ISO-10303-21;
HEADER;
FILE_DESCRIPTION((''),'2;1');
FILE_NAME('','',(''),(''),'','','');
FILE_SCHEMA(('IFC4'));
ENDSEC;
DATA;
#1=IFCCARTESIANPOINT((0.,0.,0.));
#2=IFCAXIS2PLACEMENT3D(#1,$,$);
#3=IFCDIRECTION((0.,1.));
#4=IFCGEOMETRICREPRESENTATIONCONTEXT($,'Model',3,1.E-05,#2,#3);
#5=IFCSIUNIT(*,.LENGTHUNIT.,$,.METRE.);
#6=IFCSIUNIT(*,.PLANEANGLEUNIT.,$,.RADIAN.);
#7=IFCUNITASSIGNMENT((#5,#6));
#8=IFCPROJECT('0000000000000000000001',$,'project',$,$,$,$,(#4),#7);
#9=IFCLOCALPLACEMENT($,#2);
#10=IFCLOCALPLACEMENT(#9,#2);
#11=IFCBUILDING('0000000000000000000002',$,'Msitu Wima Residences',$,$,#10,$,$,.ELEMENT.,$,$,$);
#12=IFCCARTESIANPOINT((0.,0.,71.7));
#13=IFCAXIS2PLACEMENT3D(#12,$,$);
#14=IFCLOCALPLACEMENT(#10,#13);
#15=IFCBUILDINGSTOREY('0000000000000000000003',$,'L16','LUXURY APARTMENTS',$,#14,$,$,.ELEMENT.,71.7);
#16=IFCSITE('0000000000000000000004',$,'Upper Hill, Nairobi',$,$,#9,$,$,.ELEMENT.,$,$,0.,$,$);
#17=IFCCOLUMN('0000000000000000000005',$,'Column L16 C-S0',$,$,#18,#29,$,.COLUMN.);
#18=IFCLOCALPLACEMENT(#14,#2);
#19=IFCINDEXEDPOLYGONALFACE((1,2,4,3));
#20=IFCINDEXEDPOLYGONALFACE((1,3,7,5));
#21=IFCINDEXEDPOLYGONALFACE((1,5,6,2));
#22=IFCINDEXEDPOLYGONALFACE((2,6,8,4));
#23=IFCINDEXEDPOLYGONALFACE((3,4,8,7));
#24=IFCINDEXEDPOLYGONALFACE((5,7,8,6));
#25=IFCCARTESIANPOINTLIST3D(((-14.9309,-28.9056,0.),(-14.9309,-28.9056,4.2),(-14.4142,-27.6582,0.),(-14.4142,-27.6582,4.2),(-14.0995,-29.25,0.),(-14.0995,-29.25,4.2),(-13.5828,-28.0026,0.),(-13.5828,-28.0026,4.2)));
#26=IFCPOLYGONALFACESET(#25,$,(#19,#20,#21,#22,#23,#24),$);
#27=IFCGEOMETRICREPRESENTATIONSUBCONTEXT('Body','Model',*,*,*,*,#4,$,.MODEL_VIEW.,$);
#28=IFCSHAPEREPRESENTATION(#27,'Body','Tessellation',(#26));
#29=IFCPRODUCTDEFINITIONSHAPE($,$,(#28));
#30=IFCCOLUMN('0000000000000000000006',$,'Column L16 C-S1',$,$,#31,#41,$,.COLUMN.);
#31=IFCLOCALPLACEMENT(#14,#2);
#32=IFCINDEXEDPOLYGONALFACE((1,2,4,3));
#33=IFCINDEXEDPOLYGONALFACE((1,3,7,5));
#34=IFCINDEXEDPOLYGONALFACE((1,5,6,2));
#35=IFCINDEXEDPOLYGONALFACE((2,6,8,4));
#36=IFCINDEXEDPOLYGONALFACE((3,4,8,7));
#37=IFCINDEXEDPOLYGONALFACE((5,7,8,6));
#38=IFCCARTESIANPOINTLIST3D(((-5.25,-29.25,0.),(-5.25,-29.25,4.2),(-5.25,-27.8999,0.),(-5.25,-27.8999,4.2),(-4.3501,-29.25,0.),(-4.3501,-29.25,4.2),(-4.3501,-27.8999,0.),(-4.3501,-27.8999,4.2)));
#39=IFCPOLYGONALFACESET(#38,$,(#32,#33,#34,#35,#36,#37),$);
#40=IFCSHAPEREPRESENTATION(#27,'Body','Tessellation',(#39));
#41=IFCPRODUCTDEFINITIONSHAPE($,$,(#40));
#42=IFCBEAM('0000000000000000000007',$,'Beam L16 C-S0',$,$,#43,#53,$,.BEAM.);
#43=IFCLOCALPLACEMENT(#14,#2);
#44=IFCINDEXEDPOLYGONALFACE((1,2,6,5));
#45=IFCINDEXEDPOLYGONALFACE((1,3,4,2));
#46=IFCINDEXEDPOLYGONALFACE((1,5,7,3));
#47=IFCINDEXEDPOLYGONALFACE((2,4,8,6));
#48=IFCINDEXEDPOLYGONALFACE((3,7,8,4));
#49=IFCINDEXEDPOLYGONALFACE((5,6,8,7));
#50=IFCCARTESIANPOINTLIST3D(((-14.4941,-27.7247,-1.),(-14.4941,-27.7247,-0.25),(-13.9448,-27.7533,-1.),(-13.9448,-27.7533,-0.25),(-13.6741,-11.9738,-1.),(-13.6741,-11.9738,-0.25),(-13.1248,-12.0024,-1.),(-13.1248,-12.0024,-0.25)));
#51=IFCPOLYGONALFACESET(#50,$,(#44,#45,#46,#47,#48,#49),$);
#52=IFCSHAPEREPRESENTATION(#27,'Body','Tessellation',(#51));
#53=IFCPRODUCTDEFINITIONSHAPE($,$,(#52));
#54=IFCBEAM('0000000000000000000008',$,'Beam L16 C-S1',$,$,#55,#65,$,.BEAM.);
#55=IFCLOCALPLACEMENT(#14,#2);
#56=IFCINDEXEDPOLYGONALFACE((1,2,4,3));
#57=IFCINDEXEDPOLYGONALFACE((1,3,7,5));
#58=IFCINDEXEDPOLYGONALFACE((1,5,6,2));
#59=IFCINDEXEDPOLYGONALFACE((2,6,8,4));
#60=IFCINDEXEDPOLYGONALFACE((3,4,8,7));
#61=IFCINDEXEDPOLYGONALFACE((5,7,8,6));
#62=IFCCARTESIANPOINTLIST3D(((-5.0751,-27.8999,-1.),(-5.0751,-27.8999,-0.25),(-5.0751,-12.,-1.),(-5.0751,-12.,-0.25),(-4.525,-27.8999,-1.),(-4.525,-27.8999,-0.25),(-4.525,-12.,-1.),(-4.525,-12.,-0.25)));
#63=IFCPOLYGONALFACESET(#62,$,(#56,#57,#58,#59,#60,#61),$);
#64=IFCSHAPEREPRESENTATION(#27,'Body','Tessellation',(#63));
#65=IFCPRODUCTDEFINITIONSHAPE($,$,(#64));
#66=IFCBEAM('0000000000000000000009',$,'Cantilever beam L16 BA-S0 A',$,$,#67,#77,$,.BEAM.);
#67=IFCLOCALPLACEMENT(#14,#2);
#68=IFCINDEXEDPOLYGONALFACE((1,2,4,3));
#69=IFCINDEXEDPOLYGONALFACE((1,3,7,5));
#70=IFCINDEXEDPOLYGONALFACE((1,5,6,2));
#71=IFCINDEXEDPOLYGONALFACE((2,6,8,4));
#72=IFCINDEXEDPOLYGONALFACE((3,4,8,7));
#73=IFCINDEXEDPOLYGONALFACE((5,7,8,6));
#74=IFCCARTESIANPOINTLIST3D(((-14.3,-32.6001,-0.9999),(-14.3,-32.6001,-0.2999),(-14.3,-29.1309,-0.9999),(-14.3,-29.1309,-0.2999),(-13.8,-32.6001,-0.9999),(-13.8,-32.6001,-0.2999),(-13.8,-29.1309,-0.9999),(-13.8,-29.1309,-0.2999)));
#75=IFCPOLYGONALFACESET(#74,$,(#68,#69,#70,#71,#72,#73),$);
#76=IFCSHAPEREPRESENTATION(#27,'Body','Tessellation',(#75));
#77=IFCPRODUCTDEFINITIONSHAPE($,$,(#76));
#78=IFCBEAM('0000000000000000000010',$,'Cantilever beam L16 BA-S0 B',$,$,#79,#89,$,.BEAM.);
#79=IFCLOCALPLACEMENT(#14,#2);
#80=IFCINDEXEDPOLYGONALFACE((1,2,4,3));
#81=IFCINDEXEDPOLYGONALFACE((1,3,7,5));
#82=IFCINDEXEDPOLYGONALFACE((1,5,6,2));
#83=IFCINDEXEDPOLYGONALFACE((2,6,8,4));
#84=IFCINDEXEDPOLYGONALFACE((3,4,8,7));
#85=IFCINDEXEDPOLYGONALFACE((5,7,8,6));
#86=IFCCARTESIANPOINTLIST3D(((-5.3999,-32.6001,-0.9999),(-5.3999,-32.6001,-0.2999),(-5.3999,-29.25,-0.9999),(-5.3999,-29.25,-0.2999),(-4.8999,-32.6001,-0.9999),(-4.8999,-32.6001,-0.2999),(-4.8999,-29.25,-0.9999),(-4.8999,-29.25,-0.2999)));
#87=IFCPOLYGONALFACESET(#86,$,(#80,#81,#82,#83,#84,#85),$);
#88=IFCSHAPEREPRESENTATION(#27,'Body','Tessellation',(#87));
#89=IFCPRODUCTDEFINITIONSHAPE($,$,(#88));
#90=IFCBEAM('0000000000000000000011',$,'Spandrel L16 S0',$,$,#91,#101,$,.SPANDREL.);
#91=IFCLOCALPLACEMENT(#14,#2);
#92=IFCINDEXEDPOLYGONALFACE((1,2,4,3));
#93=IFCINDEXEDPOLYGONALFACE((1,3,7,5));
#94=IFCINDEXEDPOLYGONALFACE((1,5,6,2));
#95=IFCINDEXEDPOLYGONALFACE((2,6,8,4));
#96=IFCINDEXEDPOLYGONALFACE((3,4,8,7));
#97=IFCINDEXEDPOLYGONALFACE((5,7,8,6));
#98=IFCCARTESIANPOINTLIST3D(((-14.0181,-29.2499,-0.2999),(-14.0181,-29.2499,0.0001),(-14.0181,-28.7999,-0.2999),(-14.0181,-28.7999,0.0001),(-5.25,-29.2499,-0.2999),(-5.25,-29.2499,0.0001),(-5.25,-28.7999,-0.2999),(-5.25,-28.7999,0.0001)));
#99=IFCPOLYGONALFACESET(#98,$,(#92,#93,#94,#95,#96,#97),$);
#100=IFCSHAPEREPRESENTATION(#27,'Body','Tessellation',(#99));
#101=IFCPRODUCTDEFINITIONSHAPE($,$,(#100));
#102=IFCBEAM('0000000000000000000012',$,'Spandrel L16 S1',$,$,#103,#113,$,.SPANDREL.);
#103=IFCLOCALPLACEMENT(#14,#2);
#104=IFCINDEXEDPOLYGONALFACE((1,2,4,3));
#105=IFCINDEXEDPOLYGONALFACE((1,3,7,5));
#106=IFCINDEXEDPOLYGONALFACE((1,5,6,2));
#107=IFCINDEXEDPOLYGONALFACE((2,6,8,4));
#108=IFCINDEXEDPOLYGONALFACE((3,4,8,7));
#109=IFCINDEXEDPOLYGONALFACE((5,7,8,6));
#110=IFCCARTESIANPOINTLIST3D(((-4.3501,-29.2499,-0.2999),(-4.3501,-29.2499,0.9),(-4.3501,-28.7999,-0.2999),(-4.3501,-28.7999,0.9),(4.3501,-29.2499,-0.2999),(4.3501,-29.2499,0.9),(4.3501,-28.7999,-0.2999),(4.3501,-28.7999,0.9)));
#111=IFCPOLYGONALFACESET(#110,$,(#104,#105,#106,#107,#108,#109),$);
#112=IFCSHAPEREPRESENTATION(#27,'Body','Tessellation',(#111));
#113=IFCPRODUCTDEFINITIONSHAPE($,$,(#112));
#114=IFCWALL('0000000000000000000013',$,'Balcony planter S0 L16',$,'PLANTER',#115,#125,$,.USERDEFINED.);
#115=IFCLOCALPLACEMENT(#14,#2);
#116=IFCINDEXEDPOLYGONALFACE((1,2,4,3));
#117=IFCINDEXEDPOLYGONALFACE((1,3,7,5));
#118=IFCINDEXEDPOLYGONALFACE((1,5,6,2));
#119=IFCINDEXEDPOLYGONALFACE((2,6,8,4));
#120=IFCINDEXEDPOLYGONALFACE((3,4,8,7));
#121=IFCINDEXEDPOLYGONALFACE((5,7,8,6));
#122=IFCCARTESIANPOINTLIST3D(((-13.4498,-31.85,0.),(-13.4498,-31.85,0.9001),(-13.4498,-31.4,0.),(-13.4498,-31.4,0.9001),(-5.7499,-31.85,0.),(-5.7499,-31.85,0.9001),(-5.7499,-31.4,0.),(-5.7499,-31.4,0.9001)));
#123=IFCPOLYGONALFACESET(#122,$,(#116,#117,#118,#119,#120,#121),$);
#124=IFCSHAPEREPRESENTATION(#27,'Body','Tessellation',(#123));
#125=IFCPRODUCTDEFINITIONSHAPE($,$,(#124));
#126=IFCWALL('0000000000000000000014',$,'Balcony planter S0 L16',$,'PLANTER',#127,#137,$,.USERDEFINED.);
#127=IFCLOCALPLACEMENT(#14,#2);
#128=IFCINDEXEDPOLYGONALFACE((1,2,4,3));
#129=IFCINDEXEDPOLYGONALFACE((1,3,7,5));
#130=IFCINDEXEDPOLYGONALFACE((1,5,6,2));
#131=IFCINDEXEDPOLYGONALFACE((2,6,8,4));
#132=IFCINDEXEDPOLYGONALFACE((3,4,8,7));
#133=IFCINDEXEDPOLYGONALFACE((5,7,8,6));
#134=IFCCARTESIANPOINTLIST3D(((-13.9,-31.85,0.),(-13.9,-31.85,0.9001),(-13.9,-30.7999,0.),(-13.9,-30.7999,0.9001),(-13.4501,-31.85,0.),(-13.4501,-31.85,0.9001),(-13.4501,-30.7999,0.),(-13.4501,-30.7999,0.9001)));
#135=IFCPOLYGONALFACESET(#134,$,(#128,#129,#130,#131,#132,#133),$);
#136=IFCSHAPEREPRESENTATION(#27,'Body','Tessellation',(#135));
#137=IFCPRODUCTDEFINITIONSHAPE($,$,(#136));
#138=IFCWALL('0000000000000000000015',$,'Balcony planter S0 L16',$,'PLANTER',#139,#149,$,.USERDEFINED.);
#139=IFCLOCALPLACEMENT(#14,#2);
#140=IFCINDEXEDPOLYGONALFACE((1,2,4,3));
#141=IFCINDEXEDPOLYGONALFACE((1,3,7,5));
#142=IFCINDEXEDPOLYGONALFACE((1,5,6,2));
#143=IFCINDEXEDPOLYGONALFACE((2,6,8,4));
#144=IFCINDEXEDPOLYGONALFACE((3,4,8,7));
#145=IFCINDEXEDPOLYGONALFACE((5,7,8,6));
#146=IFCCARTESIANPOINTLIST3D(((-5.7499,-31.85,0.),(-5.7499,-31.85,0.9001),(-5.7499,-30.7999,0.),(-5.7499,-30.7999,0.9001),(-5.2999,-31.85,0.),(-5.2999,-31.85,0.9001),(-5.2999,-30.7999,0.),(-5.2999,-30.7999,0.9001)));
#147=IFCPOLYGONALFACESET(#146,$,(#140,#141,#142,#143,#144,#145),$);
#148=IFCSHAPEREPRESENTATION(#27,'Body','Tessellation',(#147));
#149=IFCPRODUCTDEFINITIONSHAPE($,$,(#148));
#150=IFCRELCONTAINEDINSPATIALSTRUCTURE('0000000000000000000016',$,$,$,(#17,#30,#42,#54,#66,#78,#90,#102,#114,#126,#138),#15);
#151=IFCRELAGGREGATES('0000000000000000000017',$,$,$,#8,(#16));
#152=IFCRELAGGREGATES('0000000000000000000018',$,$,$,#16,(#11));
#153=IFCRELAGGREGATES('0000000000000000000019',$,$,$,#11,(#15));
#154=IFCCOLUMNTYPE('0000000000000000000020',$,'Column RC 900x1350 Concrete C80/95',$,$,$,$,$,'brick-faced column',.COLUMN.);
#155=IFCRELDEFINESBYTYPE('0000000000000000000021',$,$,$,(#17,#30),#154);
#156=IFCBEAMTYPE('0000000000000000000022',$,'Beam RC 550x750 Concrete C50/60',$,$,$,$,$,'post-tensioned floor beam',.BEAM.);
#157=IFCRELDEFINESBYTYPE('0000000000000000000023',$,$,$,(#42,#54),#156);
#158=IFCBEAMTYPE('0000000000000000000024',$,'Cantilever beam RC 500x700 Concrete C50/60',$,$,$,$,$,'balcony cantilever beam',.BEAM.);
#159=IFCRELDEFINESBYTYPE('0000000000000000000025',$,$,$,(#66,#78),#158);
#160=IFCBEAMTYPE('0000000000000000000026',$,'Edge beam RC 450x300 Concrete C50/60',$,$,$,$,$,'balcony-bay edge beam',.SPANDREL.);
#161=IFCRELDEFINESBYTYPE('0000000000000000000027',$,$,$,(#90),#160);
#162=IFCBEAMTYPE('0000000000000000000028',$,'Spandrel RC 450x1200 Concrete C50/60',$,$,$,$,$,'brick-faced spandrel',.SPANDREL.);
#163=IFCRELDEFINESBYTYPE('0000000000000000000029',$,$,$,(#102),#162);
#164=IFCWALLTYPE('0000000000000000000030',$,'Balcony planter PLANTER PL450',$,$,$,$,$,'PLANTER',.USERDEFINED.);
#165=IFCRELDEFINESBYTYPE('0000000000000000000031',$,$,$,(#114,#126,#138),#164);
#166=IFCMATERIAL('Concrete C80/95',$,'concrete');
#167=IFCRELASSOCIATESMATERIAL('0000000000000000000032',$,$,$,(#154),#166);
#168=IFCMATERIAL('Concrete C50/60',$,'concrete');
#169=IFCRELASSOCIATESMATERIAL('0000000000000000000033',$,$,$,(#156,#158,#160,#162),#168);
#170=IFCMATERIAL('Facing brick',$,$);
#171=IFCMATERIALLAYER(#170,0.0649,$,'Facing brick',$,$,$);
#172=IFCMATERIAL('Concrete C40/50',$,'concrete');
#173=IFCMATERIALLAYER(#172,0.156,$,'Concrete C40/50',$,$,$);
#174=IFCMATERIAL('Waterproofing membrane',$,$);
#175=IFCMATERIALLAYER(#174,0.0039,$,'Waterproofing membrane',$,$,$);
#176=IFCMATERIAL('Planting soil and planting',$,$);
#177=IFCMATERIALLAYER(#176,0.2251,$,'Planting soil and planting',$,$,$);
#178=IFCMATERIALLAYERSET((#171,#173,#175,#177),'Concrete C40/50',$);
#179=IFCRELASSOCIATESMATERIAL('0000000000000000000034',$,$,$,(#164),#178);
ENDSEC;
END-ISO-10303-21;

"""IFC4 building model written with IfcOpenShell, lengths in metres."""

from ifc_helpers import new_model, si_unit, direction, frame, frame_2d, origin, origin_2d, place, context, subcontext, project, spatial, rectangle, extrude, material, layer, layer_set, material_profile, profile_set, type_object, element, save


model = new_model("IFC4")

# Units and contexts
model_context = context("Model", 3, precision=1e-05, world=origin(), true_north=direction((0.0, 1.0)))
body_context = subcontext(model_context, "Body", "Model", "MODEL_VIEW")
ifc_project = project(units=[si_unit("LENGTHUNIT", "METRE"), si_unit("PLANEANGLEUNIT", "RADIAN")], contexts=[model_context])

# Site, building, storey
site_placement = place(None, origin())
site = spatial("IfcSite", under=ifc_project, at=site_placement, Name="Upper Hill, Nairobi", CompositionType="ELEMENT", RefElevation=0.0)
building_placement = place(site_placement, origin())
building = spatial("IfcBuilding", under=site, at=building_placement, Name="Msitu Wima Residences", CompositionType="ELEMENT")
storey_placement = place(building_placement, frame((0.0, 0.0, 71.7)))
storey = spatial("IfcBuildingStorey", under=building, at=storey_placement, Name="L16", Description="LUXURY APARTMENTS", CompositionType="ELEMENT", Elevation=71.7)

# Columns
ifc_material_1 = material(Name="Concrete C80/95", Category="concrete")
ifc_material_profile_1 = material_profile(ifc_material_1, rectangle(XDim=0.8999, YDim=1.3501, at=origin_2d()), Name="RC 900x1350")
ifc_profile_set_1 = profile_set([ifc_material_profile_1], Name="Concrete C80/95")
column_type = type_object("IfcColumnType", Name="Column RC 900x1350 Concrete C80/95", ElementType="brick-faced column", PredefinedType="COLUMN", material=ifc_profile_set_1)
for number, where, z_axis, x_axis, name in (
    (1, (-14.2568, -28.4541, 0.0), (0.0, 0.0, 1.0), (0.92388, -0.382683, 0.0), "Column L16 C-S0"),
    (2, (-4.8, -28.575, 0.0), (0.0, 0.0, 1.0), (1.0, 0.0, 0.0), "Column L16 C-S1"),
):
    element("IfcColumn", number, at=place(storey_placement, frame(where, z_axis=z_axis, x_axis=x_axis)), inside=storey, type_object=column_type, Name=name, PredefinedType="COLUMN", context=body_context, shape_type="SweptSolid", body=[
        extrude(rectangle(XDim=0.8999, YDim=1.3501, at=origin_2d()), origin(), (0.0, 0.0, 1.0), 4.2),
    ])

# Beams
ifc_material_2 = material(Name="Concrete C50/60", Category="concrete")
ifc_material_profile_2 = material_profile(ifc_material_2, rectangle(XDim=0.55, YDim=0.75, at=origin_2d()), Name="RC 550x750")
ifc_profile_set_2 = profile_set([ifc_material_profile_2], Name="Concrete C50/60")
beam_type_1 = type_object("IfcBeamType", Name="Beam RC 550x750 Concrete C50/60", ElementType="post-tensioned floor beam", PredefinedType="BEAM", material=ifc_profile_set_2)
beam_1_placement = place(storey_placement, frame((-14.2195, -27.739, -0.625), z_axis=(0.051994, 0.998647, 0.0), x_axis=(-0.998647, 0.051994, 0.0)))
element("IfcBeam", 3, at=beam_1_placement, inside=storey, type_object=beam_type_1, Name="Beam L16 C-S0", PredefinedType="BEAM", context=body_context, shape_type="SweptSolid", body=[
    extrude(rectangle(XDim=0.55, YDim=0.75, at=origin_2d()), origin(), (0.0, 0.0, 1.0), 15.7722),
])
beam_2_placement = place(storey_placement, frame((-4.8, -27.8999, -0.625), z_axis=(0.0, 1.0, 0.0), x_axis=(-1.0, 0.0, 0.0)))
element("IfcBeam", 4, at=beam_2_placement, inside=storey, type_object=beam_type_1, Name="Beam L16 C-S1", PredefinedType="BEAM", context=body_context, shape_type="SweptSolid", body=[
    extrude(rectangle(XDim=0.55, YDim=0.75, at=origin_2d()), origin(), (0.0, 0.0, 1.0), 15.8999),
])
ifc_material_profile_3 = material_profile(ifc_material_2, rectangle(XDim=0.5, YDim=0.7, at=origin_2d()), Name="RC 500x700")
ifc_profile_set_3 = profile_set([ifc_material_profile_3], Name="Concrete C50/60")
beam_type_2 = type_object("IfcBeamType", Name="Cantilever beam RC 500x700 Concrete C50/60", ElementType="balcony cantilever beam", PredefinedType="BEAM", material=ifc_profile_set_3)
beam_3_placement = place(storey_placement, frame((-14.05, -29.1309, -0.6499), z_axis=(0.0, -1.0, 0.0), x_axis=(1.0, 0.0, 0.0)))
element("IfcBeam", 5, at=beam_3_placement, inside=storey, type_object=beam_type_2, Name="Cantilever beam L16 BA-S0 A", PredefinedType="BEAM", context=body_context, shape_type="SweptSolid", body=[
    extrude(rectangle(XDim=0.5, YDim=0.7, at=origin_2d()), origin(), (0.0, 0.0, 1.0), 3.4692),
])
beam_4_placement = place(storey_placement, frame((-5.1499, -29.25, -0.6499), z_axis=(0.0, -1.0, 0.0), x_axis=(1.0, 0.0, 0.0)))
element("IfcBeam", 6, at=beam_4_placement, inside=storey, type_object=beam_type_2, Name="Cantilever beam L16 BA-S0 B", PredefinedType="BEAM", context=body_context, shape_type="SweptSolid", body=[
    extrude(rectangle(XDim=0.5, YDim=0.7, at=origin_2d()), origin(), (0.0, 0.0, 1.0), 3.3501),
])
ifc_material_profile_4 = material_profile(ifc_material_2, rectangle(XDim=0.45, YDim=0.3, at=origin_2d()), Name="RC 450x300")
ifc_profile_set_4 = profile_set([ifc_material_profile_4], Name="Concrete C50/60")
beam_type_3 = type_object("IfcBeamType", Name="Edge beam RC 450x300 Concrete C50/60", ElementType="balcony-bay edge beam", PredefinedType="SPANDREL", material=ifc_profile_set_4)
beam_5_placement = place(storey_placement, frame((-14.0181, -29.0249, -0.1499), z_axis=(1.0, 0.0, 0.0), x_axis=(0.0, 1.0, 0.0)))
element("IfcBeam", 7, at=beam_5_placement, inside=storey, type_object=beam_type_3, Name="Spandrel L16 S0", PredefinedType="SPANDREL", context=body_context, shape_type="SweptSolid", body=[
    extrude(rectangle(XDim=0.45, YDim=0.3, at=origin_2d()), origin(), (0.0, 0.0, 1.0), 8.7681),
])
ifc_material_profile_5 = material_profile(ifc_material_2, rectangle(XDim=0.45, YDim=1.2, at=origin_2d()), Name="RC 450x1200")
ifc_profile_set_5 = profile_set([ifc_material_profile_5], Name="Concrete C50/60")
beam_type_4 = type_object("IfcBeamType", Name="Spandrel RC 450x1200 Concrete C50/60", ElementType="brick-faced spandrel", PredefinedType="SPANDREL", material=ifc_profile_set_5)
beam_6_placement = place(storey_placement, frame((-4.3501, -29.0249, 0.3), z_axis=(1.0, 0.0, 0.0), x_axis=(0.0, 1.0, 0.0)))
element("IfcBeam", 8, at=beam_6_placement, inside=storey, type_object=beam_type_4, Name="Spandrel L16 S1", PredefinedType="SPANDREL", context=body_context, shape_type="SweptSolid", body=[
    extrude(rectangle(XDim=0.45, YDim=1.2, at=origin_2d()), origin(), (0.0, 0.0, 1.0), 8.7002),
])

# Walls
ifc_material_3 = material(Name="Facing brick")
ifc_layer_1 = layer(ifc_material_3, 0.0649, Name="Facing brick")
ifc_material_4 = material(Name="Concrete C40/50", Category="concrete")
ifc_layer_2 = layer(ifc_material_4, 0.156, Name="Concrete C40/50")
ifc_material_5 = material(Name="Waterproofing membrane")
ifc_layer_3 = layer(ifc_material_5, 0.0039, Name="Waterproofing membrane")
ifc_material_6 = material(Name="Planting soil and planting")
ifc_layer_4 = layer(ifc_material_6, 0.2251, Name="Planting soil and planting")
ifc_layer_set_1 = layer_set([ifc_layer_1, ifc_layer_2, ifc_layer_3, ifc_layer_4], Name="Concrete C40/50")
wall_type_1 = type_object("IfcWallType", Name="Balcony planter PLANTER PL450", ElementType="PLANTER", PredefinedType="USERDEFINED", material=ifc_layer_set_1)
wall_1_placement = place(storey_placement, frame((-13.45, -31.625, 0.0), z_axis=(0.0, 0.0, 1.0), x_axis=(1.0, 0.0, 0.0)))
element("IfcWall", 9, at=wall_1_placement, inside=storey, type_object=wall_type_1, Name="Balcony planter S0 L16", ObjectType="PLANTER", PredefinedType="USERDEFINED", context=body_context, shape_type="SweptSolid", body=[
    extrude(rectangle(XDim=7.7, YDim=0.45, at=frame_2d((3.8501, 0.0))), origin(), (0.0, 0.0, 1.0), 0.9001),
])
for number, where, z_axis, x_axis, name in (
    (10, (-13.675, -30.8, 0.0), (0.0, 0.0, 1.0), (0.0, -1.0, 0.0), "Balcony planter S0 L16"),
    (11, (-5.5249, -30.8, 0.0), (0.0, 0.0, 1.0), (0.0, -1.0, 0.0), "Balcony planter S0 L16"),
):
    element("IfcWall", number, at=place(storey_placement, frame(where, z_axis=z_axis, x_axis=x_axis)), inside=storey, type_object=wall_type_1, Name=name, ObjectType="PLANTER", PredefinedType="USERDEFINED", context=body_context, shape_type="SweptSolid", body=[
        extrude(rectangle(XDim=1.05, YDim=0.45, at=frame_2d((0.5249, 0.0))), origin(), (0.0, 0.0, 1.0), 0.9001),
    ])

save(model, "model.ifc")
